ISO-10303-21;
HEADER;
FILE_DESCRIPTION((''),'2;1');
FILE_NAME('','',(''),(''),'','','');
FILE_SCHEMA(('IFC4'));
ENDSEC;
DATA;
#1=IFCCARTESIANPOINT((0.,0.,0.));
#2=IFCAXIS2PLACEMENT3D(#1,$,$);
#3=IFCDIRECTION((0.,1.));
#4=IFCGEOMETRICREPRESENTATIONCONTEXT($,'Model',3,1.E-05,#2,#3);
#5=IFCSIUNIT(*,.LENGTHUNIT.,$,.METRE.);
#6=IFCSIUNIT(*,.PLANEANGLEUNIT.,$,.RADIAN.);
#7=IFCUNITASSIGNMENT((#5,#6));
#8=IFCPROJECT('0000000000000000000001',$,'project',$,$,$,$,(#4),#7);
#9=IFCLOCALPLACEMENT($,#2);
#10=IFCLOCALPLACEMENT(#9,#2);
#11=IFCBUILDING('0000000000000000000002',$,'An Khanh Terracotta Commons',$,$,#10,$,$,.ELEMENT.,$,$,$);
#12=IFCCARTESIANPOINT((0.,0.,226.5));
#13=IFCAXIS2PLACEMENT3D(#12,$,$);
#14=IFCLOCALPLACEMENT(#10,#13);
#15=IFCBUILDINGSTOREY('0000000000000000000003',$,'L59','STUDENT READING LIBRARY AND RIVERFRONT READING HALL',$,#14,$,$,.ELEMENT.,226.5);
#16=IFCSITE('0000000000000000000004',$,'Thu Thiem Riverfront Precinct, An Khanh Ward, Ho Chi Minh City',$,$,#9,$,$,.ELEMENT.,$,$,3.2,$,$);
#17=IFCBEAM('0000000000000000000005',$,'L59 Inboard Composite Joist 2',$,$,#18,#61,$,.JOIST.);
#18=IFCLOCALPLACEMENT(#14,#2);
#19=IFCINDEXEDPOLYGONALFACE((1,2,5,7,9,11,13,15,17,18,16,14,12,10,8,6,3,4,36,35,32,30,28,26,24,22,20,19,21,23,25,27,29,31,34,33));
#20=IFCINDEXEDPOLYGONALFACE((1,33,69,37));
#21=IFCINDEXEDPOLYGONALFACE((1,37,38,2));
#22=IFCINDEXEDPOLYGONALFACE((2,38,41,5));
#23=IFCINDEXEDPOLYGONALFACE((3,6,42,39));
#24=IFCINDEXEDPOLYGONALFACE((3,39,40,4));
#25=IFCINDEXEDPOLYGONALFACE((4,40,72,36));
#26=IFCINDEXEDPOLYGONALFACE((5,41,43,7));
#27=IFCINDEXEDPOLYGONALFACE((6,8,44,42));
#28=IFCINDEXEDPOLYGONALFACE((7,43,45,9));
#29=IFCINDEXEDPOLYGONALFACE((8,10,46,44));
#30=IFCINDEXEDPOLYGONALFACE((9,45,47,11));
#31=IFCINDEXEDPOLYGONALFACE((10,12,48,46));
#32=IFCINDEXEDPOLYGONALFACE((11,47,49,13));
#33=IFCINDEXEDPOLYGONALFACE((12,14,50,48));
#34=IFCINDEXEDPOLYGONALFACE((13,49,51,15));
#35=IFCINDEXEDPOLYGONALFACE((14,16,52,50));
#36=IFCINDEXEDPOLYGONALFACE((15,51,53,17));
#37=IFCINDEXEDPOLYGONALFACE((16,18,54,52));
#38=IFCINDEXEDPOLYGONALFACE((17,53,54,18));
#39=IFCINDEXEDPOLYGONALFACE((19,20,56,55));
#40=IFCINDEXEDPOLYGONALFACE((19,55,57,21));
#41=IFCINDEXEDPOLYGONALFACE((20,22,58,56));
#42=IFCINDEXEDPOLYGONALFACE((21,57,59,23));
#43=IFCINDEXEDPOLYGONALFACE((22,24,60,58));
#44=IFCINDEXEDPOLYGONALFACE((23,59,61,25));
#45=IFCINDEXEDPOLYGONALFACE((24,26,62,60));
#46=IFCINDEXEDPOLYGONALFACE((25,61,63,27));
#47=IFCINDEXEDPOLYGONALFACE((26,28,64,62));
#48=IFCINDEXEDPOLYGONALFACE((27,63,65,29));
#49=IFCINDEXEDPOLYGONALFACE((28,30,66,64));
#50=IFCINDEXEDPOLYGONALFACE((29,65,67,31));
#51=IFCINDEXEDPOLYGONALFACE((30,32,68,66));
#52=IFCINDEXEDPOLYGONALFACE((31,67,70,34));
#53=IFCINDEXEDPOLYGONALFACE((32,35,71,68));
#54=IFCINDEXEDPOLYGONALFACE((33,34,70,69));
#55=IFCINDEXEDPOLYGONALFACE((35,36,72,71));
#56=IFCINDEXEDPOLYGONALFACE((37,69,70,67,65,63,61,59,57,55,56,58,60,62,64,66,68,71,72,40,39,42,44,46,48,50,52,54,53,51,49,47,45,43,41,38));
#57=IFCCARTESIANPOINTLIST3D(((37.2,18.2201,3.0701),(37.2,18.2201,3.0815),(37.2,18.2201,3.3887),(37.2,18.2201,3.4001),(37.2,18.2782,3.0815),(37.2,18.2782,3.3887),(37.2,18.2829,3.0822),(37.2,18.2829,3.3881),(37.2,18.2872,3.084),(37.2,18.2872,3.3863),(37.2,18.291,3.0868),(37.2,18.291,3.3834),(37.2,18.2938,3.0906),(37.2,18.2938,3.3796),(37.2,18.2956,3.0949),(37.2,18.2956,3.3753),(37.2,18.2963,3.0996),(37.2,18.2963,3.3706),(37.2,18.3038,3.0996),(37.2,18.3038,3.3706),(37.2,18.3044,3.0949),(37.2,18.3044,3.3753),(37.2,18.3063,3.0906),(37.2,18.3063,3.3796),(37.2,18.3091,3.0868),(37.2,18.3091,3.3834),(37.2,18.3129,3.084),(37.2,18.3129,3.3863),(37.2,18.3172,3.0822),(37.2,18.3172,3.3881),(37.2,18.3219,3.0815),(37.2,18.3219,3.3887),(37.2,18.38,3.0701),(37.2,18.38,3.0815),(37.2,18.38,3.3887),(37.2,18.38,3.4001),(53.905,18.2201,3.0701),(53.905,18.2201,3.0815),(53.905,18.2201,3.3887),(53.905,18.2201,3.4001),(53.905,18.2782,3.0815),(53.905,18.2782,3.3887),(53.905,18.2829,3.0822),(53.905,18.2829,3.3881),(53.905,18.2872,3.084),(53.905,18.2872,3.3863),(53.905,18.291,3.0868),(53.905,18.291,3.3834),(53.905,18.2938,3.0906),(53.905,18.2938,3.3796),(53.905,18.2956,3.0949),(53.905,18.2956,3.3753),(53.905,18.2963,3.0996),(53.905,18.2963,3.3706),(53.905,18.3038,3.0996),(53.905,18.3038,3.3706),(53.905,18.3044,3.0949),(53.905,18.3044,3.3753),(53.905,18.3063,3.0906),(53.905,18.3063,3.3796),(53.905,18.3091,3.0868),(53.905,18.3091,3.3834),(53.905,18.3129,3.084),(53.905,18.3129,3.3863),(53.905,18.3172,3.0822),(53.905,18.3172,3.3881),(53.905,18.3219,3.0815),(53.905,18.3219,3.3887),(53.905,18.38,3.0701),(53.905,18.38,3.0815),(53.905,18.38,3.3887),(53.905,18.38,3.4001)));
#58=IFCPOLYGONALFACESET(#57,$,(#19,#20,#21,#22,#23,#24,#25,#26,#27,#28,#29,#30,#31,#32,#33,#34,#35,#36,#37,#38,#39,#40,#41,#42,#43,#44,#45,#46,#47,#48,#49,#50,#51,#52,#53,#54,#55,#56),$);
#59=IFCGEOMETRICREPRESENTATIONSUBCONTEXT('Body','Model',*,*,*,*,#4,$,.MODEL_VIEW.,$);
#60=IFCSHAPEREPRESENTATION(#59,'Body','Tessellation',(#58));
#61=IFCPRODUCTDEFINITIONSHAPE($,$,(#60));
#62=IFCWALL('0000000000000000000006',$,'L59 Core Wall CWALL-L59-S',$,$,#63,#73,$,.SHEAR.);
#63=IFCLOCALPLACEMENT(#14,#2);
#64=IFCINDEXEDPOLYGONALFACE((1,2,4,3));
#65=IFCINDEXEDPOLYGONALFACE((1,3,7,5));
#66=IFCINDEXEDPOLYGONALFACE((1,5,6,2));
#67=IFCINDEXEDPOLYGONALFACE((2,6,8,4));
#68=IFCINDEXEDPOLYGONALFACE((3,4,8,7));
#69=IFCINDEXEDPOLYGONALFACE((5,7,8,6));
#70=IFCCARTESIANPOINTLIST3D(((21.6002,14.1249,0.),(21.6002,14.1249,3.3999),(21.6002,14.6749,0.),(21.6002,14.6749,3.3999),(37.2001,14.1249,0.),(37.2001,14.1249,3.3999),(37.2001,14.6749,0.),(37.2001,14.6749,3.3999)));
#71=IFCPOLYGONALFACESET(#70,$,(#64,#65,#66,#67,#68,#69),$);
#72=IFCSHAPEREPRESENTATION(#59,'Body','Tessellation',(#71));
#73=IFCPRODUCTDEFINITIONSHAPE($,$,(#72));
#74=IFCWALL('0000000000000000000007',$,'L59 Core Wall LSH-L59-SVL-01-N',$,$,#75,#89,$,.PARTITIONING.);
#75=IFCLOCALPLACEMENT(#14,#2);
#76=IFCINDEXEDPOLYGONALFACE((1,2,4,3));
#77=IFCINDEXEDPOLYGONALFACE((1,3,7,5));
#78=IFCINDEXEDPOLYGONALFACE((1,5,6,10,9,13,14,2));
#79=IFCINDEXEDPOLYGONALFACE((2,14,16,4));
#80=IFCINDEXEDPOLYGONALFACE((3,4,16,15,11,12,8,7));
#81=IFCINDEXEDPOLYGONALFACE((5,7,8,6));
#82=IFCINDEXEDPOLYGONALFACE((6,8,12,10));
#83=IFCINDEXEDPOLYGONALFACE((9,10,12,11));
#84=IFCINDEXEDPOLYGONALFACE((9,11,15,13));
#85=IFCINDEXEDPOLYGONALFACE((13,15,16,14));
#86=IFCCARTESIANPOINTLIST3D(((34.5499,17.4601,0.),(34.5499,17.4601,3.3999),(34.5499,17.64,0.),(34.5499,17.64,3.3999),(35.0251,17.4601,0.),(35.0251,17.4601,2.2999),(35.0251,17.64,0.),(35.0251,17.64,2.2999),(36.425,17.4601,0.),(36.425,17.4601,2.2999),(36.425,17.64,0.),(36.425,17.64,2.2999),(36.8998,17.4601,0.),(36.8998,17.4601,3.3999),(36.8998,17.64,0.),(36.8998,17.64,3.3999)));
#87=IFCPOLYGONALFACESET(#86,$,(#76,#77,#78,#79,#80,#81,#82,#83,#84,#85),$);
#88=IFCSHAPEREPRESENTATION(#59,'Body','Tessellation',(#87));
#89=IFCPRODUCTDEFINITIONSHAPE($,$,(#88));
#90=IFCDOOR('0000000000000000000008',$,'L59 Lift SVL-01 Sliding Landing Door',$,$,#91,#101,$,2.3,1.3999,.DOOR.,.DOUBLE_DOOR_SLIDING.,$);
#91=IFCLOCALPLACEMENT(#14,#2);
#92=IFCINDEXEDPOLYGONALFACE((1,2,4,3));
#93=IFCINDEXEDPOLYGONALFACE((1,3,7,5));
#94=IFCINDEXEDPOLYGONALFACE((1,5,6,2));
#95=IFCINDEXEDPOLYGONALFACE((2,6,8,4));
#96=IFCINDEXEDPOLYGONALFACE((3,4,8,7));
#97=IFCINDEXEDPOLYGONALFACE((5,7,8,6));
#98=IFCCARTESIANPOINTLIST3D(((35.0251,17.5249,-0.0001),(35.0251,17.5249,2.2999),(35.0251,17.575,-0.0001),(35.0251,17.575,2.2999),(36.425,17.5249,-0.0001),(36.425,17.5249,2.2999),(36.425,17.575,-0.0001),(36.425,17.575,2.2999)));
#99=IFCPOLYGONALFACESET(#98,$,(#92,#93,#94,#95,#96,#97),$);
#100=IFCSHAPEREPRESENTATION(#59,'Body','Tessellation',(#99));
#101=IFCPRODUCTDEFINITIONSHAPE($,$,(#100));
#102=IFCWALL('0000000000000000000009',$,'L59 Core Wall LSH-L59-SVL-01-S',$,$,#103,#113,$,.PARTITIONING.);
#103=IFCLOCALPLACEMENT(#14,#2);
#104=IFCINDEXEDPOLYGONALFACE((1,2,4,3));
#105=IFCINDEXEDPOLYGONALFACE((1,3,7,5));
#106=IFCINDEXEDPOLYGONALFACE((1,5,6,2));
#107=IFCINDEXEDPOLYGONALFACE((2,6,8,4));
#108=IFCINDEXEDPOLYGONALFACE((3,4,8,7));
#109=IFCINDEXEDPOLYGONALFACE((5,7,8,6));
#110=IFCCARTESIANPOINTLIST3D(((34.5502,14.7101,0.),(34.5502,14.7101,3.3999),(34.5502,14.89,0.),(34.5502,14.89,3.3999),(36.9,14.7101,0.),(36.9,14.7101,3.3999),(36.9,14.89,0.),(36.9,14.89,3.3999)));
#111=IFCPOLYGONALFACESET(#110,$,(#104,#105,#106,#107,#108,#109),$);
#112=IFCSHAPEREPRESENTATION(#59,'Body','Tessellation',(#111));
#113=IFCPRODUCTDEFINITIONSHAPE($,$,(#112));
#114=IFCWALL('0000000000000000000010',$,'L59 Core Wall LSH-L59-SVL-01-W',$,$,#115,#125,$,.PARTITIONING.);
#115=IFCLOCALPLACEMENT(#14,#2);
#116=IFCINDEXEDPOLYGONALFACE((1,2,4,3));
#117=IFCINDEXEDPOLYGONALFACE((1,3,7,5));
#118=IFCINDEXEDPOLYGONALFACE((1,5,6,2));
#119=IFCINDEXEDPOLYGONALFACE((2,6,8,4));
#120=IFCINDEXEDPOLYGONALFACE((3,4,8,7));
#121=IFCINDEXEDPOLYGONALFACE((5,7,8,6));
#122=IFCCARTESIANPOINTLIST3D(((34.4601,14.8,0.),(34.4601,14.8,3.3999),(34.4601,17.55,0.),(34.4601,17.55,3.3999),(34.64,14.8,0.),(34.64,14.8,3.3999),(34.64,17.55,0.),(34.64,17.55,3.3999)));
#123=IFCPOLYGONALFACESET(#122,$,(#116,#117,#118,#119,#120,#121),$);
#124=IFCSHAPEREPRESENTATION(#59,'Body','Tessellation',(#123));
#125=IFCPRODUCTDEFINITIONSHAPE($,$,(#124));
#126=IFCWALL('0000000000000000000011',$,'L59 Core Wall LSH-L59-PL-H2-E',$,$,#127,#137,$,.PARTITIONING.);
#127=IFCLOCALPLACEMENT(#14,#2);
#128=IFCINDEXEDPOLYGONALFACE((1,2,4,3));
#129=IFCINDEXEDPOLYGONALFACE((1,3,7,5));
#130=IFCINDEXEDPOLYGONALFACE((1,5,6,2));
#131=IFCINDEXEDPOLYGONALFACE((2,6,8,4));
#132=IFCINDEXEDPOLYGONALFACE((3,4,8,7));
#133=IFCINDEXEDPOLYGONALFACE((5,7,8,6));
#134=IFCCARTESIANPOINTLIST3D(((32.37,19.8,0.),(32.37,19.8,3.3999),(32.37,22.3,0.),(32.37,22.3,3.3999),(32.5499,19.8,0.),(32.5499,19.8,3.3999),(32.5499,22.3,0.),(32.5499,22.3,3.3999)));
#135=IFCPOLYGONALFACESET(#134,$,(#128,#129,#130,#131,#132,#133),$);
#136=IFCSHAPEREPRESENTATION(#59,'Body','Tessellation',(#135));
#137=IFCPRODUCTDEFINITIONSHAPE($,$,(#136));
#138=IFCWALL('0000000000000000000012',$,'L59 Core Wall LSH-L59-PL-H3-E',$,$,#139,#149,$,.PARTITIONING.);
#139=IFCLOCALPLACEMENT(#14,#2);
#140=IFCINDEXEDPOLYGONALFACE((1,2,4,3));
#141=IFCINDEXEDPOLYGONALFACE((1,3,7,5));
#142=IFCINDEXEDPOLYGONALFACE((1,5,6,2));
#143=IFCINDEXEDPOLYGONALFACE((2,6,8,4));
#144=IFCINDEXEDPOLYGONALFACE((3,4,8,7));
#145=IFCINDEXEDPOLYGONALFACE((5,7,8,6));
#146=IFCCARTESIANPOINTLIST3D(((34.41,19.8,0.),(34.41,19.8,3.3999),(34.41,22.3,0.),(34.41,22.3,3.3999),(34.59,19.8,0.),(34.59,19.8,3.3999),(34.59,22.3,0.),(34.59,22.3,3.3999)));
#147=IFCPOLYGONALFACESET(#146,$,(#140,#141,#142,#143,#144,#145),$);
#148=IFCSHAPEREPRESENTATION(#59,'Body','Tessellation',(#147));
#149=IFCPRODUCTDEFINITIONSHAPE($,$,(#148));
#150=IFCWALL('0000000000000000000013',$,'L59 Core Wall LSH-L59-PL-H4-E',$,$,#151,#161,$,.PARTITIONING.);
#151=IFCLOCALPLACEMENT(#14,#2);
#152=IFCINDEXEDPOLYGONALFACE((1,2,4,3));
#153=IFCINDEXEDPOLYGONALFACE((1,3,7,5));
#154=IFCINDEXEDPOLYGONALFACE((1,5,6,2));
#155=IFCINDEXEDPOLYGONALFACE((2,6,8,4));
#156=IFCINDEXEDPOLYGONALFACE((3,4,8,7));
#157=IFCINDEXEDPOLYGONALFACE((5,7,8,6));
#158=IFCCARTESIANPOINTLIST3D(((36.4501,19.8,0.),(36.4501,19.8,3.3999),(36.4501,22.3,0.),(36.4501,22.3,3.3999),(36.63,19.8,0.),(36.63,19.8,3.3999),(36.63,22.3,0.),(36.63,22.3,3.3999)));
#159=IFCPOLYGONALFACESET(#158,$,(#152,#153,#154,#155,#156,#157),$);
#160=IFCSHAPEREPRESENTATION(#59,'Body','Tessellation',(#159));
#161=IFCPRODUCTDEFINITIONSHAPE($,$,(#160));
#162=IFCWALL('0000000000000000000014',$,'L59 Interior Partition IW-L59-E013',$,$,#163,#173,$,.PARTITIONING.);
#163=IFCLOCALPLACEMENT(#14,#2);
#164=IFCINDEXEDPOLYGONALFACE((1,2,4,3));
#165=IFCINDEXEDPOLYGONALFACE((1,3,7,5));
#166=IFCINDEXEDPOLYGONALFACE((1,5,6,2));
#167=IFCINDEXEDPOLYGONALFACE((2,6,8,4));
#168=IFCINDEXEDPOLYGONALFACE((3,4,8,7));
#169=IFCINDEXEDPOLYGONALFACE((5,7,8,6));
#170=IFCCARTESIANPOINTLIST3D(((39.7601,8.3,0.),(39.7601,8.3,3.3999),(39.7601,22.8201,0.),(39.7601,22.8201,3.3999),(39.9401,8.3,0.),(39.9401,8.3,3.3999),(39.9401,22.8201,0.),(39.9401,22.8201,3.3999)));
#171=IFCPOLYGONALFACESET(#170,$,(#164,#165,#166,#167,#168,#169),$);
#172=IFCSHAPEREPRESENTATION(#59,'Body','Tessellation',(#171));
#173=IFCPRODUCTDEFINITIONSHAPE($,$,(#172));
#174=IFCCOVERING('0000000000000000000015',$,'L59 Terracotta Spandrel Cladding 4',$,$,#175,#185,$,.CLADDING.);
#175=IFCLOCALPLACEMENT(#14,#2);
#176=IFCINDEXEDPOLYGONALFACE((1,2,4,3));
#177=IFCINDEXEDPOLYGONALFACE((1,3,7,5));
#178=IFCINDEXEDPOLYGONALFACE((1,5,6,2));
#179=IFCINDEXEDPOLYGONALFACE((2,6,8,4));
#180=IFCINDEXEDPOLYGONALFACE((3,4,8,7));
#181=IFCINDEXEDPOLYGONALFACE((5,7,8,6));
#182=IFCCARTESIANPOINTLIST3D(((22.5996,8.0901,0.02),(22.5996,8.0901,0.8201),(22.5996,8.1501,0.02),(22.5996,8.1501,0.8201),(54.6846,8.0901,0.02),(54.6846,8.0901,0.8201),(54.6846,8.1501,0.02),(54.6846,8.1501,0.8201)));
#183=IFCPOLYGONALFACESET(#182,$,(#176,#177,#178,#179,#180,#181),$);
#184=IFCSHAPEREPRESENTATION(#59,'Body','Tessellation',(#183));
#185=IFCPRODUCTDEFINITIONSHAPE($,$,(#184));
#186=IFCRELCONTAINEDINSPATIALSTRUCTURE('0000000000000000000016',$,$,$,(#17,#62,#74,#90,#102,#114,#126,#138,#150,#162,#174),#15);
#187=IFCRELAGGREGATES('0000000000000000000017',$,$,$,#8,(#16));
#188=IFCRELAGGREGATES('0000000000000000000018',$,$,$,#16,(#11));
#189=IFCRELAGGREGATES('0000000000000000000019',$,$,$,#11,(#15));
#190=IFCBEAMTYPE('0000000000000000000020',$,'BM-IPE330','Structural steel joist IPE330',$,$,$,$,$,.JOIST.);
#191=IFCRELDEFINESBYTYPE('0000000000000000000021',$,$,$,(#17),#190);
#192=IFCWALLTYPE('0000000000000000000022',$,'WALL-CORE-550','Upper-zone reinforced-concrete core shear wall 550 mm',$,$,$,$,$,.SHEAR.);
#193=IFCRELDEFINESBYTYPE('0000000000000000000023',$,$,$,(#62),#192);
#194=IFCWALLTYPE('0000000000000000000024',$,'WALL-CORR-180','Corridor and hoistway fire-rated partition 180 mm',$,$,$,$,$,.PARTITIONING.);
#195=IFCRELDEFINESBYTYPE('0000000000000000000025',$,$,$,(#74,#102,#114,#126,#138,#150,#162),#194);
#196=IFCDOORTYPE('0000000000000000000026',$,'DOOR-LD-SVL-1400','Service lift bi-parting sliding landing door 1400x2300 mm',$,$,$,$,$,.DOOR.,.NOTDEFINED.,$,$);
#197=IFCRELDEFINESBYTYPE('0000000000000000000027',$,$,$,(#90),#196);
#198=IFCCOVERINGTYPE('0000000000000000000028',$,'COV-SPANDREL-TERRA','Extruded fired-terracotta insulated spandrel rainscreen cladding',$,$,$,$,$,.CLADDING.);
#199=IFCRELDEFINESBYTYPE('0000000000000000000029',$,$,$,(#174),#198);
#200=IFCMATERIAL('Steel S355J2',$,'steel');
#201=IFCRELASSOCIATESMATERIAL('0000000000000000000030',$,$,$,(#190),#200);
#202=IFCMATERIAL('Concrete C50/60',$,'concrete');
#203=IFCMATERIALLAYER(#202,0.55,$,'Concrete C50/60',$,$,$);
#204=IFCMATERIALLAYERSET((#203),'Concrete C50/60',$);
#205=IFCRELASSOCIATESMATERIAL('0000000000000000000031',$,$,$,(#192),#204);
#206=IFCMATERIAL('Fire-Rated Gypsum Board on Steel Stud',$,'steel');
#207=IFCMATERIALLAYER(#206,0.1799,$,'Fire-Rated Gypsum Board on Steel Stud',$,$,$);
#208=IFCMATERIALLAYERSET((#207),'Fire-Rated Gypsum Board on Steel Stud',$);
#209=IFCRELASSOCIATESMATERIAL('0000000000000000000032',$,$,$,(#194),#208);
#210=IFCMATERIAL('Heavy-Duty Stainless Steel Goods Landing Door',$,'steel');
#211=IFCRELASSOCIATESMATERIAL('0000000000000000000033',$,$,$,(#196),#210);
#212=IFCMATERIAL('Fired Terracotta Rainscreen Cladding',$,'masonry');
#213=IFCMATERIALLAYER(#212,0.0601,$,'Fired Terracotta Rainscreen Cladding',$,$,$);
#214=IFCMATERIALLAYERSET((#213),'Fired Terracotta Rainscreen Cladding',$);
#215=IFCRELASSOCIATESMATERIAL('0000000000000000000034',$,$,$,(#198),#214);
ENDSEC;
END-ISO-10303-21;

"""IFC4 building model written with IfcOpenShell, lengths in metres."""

from ifc_helpers import new_model, si_unit, direction, frame, frame_2d, origin, origin_2d, place, context, subcontext, project, spatial, rectangle, i_section, extrude, material, layer, layer_set, material_profile, profile_set, type_object, element, fill, save


model = new_model("IFC4")

# Units and contexts
model_context = context("Model", 3, precision=1e-05, world=origin(), true_north=direction((0.0, 1.0)))
body_context = subcontext(model_context, "Body", "Model", "MODEL_VIEW")
ifc_project = project(units=[si_unit("LENGTHUNIT", "METRE"), si_unit("PLANEANGLEUNIT", "RADIAN")], contexts=[model_context])

# Site, building, storey
site_placement = place(None, origin())
site = spatial("IfcSite", under=ifc_project, at=site_placement, Name="Thu Thiem Riverfront Precinct, An Khanh Ward, Ho Chi Minh City", CompositionType="ELEMENT", RefElevation=3.2)
building_placement = place(site_placement, origin())
building = spatial("IfcBuilding", under=site, at=building_placement, Name="An Khanh Terracotta Commons", CompositionType="ELEMENT")
storey_placement = place(building_placement, frame((0.0, 0.0, 226.5)))
storey = spatial("IfcBuildingStorey", under=building, at=storey_placement, Name="L59", Description="STUDENT READING LIBRARY AND RIVERFRONT READING HALL", CompositionType="ELEMENT", Elevation=226.5)

# Beam
ifc_material_1 = material(Name="Steel S355J2", Category="steel")
ifc_material_profile_1 = material_profile(ifc_material_1, i_section(OverallWidth=0.1599, OverallDepth=0.3301, WebThickness=0.0076, FlangeThickness=0.0115, FilletRadius=0.0181, at=origin_2d()), Name="IPE330")
ifc_profile_set_1 = profile_set([ifc_material_profile_1], Name="Steel S355J2")
beam_type_1 = type_object("IfcBeamType", Name="BM-IPE330", Description="Structural steel joist IPE330", PredefinedType="JOIST", material=ifc_profile_set_1)
for number, where, z_axis, x_axis, name in (
    (1, (37.2, 18.3, 3.2351), (1.0, 0.0, 0.0), (0.0, 1.0, 0.0), "L59 Inboard Composite Joist 2"),
):
    element("IfcBeam", number, at=place(storey_placement, frame(where, z_axis=z_axis, x_axis=x_axis)), inside=storey, type_object=beam_type_1, Name=name, PredefinedType="JOIST", context=body_context, shape_type="SweptSolid", body=[
        extrude(i_section(OverallWidth=0.1599, OverallDepth=0.3301, WebThickness=0.0076, FlangeThickness=0.0115, FilletRadius=0.0181, at=origin_2d()), origin(), (0.0, 0.0, 1.0), 16.7051),
    ])

# Wall
ifc_material_2 = material(Name="Concrete C50/60", Category="concrete")
ifc_layer_1 = layer(ifc_material_2, 0.55, Name="Concrete C50/60")
ifc_layer_set_1 = layer_set([ifc_layer_1], Name="Concrete C50/60")
wall_type_1 = type_object("IfcWallType", Name="WALL-CORE-550", Description="Upper-zone reinforced-concrete core shear wall 550 mm", PredefinedType="SHEAR", material=ifc_layer_set_1)
wall_1_placement = place(storey_placement, frame((37.2, 14.3999, 0.0), z_axis=(0.0, 0.0, 1.0), x_axis=(-1.0, 0.0, 0.0)))
element("IfcWall", 2, at=wall_1_placement, inside=storey, type_object=wall_type_1, Name="L59 Core Wall CWALL-L59-S", PredefinedType="SHEAR", context=body_context, shape_type="SweptSolid", body=[
    extrude(rectangle(XDim=15.5999, YDim=0.55, at=frame_2d((7.7998, 0.0))), origin(), (0.0, 0.0, 1.0), 3.3999),
])

# Wall, opening, door
ifc_material_3 = material(Name="Fire-Rated Gypsum Board on Steel Stud", Category="steel")
ifc_layer_2 = layer(ifc_material_3, 0.1799, Name="Fire-Rated Gypsum Board on Steel Stud")
ifc_layer_set_2 = layer_set([ifc_layer_2], Name="Fire-Rated Gypsum Board on Steel Stud")
wall_type_2 = type_object("IfcWallType", Name="WALL-CORR-180", Description="Corridor and hoistway fire-rated partition 180 mm", PredefinedType="PARTITIONING", material=ifc_layer_set_2)
wall_2_placement = place(storey_placement, frame((34.55, 17.55, 0.0), z_axis=(0.0, 0.0, 1.0), x_axis=(1.0, 0.0, 0.0)))
wall_2 = element("IfcWall", 3, at=wall_2_placement, inside=storey, type_object=wall_type_2, Name="L59 Core Wall LSH-L59-SVL-01-N", PredefinedType="PARTITIONING", context=body_context, shape_type="SweptSolid", body=[
    extrude(rectangle(XDim=2.3499, YDim=0.1799, at=frame_2d((1.1748, 0.0))), origin(), (0.0, 0.0, 1.0), 3.3999),
])
opening_1_placement = place(wall_2_placement, frame((0.4751, 0.0, 0.0)))
opening_1 = element("IfcOpeningElement", 4, at=opening_1_placement, cuts=wall_2, PredefinedType="OPENING", context=body_context, shape_type="SweptSolid", body=[
    extrude(rectangle(XDim=1.3999, YDim=2.3, at=frame_2d((0.7, 1.1499))), frame((0.0, 0.0999, 0.0), z_axis=(0.0, -1.0, 0.0), x_axis=(1.0, 0.0, 0.0)), (0.0, 0.0, 1.0), 0.2),
])
ifc_material_4 = material(Name="Heavy-Duty Stainless Steel Goods Landing Door", Category="steel")
door_type_1 = type_object("IfcDoorType", Name="DOOR-LD-SVL-1400", Description="Service lift bi-parting sliding landing door 1400x2300 mm", OperationType="NOTDEFINED", PredefinedType="DOOR", material=ifc_material_4)
door_1_placement = place(opening_1_placement, origin())
door_1 = element("IfcDoor", 5, at=door_1_placement, inside=storey, type_object=door_type_1, Name="L59 Lift SVL-01 Sliding Landing Door", OperationType="DOUBLE_DOOR_SLIDING", OverallHeight=2.3, OverallWidth=1.3999, PredefinedType="DOOR", context=body_context, shape_type="SweptSolid", body=[
    extrude(rectangle(XDim=1.3999, YDim=2.3, at=frame_2d((0.7, 1.1499))), frame((0.0, 0.0249, 0.0), z_axis=(0.0, -1.0, 0.0), x_axis=(1.0, 0.0, 0.0)), (0.0, 0.0, 1.0), 0.05),
])
fill(opening_1, door_1)

# Walls
wall_3_placement = place(storey_placement, frame((36.8999, 14.8, 0.0), z_axis=(0.0, 0.0, 1.0), x_axis=(-1.0, 0.0, 0.0)))
element("IfcWall", 6, at=wall_3_placement, inside=storey, type_object=wall_type_2, Name="L59 Core Wall LSH-L59-SVL-01-S", PredefinedType="PARTITIONING", context=body_context, shape_type="SweptSolid", body=[
    extrude(rectangle(XDim=2.3499, YDim=0.1799, at=frame_2d((1.1748, 0.0))), origin(), (0.0, 0.0, 1.0), 3.3999),
])
wall_4_placement = place(storey_placement, frame((34.55, 17.55, 0.0), z_axis=(0.0, 0.0, 1.0), x_axis=(0.0, -1.0, 0.0)))
element("IfcWall", 7, at=wall_4_placement, inside=storey, type_object=wall_type_2, Name="L59 Core Wall LSH-L59-SVL-01-W", PredefinedType="PARTITIONING", context=body_context, shape_type="SweptSolid", body=[
    extrude(rectangle(XDim=2.75, YDim=0.1799, at=frame_2d((1.375, 0.0))), origin(), (0.0, 0.0, 1.0), 3.3999),
])
for number, where, z_axis, x_axis, name in (
    (8, (32.46, 19.8, 0.0), (0.0, 0.0, 1.0), (0.0, 1.0, 0.0), "L59 Core Wall LSH-L59-PL-H2-E"),
    (9, (34.5, 19.8, 0.0), (0.0, 0.0, 1.0), (0.0, 1.0, 0.0), "L59 Core Wall LSH-L59-PL-H3-E"),
    (10, (36.54, 19.8, 0.0), (0.0, 0.0, 1.0), (0.0, 1.0, 0.0), "L59 Core Wall LSH-L59-PL-H4-E"),
):
    element("IfcWall", number, at=place(storey_placement, frame(where, z_axis=z_axis, x_axis=x_axis)), inside=storey, type_object=wall_type_2, Name=name, PredefinedType="PARTITIONING", context=body_context, shape_type="SweptSolid", body=[
        extrude(rectangle(XDim=2.5, YDim=0.1799, at=frame_2d((1.25, 0.0))), origin(), (0.0, 0.0, 1.0), 3.3999),
    ])
wall_5_placement = place(storey_placement, frame((39.8501, 8.3, 0.0), z_axis=(0.0, 0.0, 1.0), x_axis=(0.0, 1.0, 0.0)))
element("IfcWall", 11, at=wall_5_placement, inside=storey, type_object=wall_type_2, Name="L59 Interior Partition IW-L59-E013", PredefinedType="PARTITIONING", context=body_context, shape_type="SweptSolid", body=[
    extrude(rectangle(XDim=14.52, YDim=0.1799, at=frame_2d((7.26, 0.0))), origin(), (0.0, 0.0, 1.0), 3.3999),
])

# Covering
ifc_material_5 = material(Name="Fired Terracotta Rainscreen Cladding", Category="masonry")
ifc_layer_3 = layer(ifc_material_5, 0.0601, Name="Fired Terracotta Rainscreen Cladding")
ifc_layer_set_3 = layer_set([ifc_layer_3], Name="Fired Terracotta Rainscreen Cladding")
covering_type = type_object("IfcCoveringType", Name="COV-SPANDREL-TERRA", Description="Extruded fired-terracotta insulated spandrel rainscreen cladding", PredefinedType="CLADDING", material=ifc_layer_set_3)
covering_placement = place(storey_placement, frame((38.6421, 8.1201, 0.02), z_axis=(0.0, 0.0, 1.0), x_axis=(1.0, 0.0, 0.0)))
element("IfcCovering", 12, at=covering_placement, inside=storey, type_object=covering_type, Name="L59 Terracotta Spandrel Cladding 4", PredefinedType="CLADDING", context=body_context, shape_type="SweptSolid", body=[
    extrude(rectangle(XDim=32.085, YDim=0.0601, at=origin_2d()), origin(), (0.0, 0.0, 1.0), 0.8),
])

save(model, "model.ifc")
